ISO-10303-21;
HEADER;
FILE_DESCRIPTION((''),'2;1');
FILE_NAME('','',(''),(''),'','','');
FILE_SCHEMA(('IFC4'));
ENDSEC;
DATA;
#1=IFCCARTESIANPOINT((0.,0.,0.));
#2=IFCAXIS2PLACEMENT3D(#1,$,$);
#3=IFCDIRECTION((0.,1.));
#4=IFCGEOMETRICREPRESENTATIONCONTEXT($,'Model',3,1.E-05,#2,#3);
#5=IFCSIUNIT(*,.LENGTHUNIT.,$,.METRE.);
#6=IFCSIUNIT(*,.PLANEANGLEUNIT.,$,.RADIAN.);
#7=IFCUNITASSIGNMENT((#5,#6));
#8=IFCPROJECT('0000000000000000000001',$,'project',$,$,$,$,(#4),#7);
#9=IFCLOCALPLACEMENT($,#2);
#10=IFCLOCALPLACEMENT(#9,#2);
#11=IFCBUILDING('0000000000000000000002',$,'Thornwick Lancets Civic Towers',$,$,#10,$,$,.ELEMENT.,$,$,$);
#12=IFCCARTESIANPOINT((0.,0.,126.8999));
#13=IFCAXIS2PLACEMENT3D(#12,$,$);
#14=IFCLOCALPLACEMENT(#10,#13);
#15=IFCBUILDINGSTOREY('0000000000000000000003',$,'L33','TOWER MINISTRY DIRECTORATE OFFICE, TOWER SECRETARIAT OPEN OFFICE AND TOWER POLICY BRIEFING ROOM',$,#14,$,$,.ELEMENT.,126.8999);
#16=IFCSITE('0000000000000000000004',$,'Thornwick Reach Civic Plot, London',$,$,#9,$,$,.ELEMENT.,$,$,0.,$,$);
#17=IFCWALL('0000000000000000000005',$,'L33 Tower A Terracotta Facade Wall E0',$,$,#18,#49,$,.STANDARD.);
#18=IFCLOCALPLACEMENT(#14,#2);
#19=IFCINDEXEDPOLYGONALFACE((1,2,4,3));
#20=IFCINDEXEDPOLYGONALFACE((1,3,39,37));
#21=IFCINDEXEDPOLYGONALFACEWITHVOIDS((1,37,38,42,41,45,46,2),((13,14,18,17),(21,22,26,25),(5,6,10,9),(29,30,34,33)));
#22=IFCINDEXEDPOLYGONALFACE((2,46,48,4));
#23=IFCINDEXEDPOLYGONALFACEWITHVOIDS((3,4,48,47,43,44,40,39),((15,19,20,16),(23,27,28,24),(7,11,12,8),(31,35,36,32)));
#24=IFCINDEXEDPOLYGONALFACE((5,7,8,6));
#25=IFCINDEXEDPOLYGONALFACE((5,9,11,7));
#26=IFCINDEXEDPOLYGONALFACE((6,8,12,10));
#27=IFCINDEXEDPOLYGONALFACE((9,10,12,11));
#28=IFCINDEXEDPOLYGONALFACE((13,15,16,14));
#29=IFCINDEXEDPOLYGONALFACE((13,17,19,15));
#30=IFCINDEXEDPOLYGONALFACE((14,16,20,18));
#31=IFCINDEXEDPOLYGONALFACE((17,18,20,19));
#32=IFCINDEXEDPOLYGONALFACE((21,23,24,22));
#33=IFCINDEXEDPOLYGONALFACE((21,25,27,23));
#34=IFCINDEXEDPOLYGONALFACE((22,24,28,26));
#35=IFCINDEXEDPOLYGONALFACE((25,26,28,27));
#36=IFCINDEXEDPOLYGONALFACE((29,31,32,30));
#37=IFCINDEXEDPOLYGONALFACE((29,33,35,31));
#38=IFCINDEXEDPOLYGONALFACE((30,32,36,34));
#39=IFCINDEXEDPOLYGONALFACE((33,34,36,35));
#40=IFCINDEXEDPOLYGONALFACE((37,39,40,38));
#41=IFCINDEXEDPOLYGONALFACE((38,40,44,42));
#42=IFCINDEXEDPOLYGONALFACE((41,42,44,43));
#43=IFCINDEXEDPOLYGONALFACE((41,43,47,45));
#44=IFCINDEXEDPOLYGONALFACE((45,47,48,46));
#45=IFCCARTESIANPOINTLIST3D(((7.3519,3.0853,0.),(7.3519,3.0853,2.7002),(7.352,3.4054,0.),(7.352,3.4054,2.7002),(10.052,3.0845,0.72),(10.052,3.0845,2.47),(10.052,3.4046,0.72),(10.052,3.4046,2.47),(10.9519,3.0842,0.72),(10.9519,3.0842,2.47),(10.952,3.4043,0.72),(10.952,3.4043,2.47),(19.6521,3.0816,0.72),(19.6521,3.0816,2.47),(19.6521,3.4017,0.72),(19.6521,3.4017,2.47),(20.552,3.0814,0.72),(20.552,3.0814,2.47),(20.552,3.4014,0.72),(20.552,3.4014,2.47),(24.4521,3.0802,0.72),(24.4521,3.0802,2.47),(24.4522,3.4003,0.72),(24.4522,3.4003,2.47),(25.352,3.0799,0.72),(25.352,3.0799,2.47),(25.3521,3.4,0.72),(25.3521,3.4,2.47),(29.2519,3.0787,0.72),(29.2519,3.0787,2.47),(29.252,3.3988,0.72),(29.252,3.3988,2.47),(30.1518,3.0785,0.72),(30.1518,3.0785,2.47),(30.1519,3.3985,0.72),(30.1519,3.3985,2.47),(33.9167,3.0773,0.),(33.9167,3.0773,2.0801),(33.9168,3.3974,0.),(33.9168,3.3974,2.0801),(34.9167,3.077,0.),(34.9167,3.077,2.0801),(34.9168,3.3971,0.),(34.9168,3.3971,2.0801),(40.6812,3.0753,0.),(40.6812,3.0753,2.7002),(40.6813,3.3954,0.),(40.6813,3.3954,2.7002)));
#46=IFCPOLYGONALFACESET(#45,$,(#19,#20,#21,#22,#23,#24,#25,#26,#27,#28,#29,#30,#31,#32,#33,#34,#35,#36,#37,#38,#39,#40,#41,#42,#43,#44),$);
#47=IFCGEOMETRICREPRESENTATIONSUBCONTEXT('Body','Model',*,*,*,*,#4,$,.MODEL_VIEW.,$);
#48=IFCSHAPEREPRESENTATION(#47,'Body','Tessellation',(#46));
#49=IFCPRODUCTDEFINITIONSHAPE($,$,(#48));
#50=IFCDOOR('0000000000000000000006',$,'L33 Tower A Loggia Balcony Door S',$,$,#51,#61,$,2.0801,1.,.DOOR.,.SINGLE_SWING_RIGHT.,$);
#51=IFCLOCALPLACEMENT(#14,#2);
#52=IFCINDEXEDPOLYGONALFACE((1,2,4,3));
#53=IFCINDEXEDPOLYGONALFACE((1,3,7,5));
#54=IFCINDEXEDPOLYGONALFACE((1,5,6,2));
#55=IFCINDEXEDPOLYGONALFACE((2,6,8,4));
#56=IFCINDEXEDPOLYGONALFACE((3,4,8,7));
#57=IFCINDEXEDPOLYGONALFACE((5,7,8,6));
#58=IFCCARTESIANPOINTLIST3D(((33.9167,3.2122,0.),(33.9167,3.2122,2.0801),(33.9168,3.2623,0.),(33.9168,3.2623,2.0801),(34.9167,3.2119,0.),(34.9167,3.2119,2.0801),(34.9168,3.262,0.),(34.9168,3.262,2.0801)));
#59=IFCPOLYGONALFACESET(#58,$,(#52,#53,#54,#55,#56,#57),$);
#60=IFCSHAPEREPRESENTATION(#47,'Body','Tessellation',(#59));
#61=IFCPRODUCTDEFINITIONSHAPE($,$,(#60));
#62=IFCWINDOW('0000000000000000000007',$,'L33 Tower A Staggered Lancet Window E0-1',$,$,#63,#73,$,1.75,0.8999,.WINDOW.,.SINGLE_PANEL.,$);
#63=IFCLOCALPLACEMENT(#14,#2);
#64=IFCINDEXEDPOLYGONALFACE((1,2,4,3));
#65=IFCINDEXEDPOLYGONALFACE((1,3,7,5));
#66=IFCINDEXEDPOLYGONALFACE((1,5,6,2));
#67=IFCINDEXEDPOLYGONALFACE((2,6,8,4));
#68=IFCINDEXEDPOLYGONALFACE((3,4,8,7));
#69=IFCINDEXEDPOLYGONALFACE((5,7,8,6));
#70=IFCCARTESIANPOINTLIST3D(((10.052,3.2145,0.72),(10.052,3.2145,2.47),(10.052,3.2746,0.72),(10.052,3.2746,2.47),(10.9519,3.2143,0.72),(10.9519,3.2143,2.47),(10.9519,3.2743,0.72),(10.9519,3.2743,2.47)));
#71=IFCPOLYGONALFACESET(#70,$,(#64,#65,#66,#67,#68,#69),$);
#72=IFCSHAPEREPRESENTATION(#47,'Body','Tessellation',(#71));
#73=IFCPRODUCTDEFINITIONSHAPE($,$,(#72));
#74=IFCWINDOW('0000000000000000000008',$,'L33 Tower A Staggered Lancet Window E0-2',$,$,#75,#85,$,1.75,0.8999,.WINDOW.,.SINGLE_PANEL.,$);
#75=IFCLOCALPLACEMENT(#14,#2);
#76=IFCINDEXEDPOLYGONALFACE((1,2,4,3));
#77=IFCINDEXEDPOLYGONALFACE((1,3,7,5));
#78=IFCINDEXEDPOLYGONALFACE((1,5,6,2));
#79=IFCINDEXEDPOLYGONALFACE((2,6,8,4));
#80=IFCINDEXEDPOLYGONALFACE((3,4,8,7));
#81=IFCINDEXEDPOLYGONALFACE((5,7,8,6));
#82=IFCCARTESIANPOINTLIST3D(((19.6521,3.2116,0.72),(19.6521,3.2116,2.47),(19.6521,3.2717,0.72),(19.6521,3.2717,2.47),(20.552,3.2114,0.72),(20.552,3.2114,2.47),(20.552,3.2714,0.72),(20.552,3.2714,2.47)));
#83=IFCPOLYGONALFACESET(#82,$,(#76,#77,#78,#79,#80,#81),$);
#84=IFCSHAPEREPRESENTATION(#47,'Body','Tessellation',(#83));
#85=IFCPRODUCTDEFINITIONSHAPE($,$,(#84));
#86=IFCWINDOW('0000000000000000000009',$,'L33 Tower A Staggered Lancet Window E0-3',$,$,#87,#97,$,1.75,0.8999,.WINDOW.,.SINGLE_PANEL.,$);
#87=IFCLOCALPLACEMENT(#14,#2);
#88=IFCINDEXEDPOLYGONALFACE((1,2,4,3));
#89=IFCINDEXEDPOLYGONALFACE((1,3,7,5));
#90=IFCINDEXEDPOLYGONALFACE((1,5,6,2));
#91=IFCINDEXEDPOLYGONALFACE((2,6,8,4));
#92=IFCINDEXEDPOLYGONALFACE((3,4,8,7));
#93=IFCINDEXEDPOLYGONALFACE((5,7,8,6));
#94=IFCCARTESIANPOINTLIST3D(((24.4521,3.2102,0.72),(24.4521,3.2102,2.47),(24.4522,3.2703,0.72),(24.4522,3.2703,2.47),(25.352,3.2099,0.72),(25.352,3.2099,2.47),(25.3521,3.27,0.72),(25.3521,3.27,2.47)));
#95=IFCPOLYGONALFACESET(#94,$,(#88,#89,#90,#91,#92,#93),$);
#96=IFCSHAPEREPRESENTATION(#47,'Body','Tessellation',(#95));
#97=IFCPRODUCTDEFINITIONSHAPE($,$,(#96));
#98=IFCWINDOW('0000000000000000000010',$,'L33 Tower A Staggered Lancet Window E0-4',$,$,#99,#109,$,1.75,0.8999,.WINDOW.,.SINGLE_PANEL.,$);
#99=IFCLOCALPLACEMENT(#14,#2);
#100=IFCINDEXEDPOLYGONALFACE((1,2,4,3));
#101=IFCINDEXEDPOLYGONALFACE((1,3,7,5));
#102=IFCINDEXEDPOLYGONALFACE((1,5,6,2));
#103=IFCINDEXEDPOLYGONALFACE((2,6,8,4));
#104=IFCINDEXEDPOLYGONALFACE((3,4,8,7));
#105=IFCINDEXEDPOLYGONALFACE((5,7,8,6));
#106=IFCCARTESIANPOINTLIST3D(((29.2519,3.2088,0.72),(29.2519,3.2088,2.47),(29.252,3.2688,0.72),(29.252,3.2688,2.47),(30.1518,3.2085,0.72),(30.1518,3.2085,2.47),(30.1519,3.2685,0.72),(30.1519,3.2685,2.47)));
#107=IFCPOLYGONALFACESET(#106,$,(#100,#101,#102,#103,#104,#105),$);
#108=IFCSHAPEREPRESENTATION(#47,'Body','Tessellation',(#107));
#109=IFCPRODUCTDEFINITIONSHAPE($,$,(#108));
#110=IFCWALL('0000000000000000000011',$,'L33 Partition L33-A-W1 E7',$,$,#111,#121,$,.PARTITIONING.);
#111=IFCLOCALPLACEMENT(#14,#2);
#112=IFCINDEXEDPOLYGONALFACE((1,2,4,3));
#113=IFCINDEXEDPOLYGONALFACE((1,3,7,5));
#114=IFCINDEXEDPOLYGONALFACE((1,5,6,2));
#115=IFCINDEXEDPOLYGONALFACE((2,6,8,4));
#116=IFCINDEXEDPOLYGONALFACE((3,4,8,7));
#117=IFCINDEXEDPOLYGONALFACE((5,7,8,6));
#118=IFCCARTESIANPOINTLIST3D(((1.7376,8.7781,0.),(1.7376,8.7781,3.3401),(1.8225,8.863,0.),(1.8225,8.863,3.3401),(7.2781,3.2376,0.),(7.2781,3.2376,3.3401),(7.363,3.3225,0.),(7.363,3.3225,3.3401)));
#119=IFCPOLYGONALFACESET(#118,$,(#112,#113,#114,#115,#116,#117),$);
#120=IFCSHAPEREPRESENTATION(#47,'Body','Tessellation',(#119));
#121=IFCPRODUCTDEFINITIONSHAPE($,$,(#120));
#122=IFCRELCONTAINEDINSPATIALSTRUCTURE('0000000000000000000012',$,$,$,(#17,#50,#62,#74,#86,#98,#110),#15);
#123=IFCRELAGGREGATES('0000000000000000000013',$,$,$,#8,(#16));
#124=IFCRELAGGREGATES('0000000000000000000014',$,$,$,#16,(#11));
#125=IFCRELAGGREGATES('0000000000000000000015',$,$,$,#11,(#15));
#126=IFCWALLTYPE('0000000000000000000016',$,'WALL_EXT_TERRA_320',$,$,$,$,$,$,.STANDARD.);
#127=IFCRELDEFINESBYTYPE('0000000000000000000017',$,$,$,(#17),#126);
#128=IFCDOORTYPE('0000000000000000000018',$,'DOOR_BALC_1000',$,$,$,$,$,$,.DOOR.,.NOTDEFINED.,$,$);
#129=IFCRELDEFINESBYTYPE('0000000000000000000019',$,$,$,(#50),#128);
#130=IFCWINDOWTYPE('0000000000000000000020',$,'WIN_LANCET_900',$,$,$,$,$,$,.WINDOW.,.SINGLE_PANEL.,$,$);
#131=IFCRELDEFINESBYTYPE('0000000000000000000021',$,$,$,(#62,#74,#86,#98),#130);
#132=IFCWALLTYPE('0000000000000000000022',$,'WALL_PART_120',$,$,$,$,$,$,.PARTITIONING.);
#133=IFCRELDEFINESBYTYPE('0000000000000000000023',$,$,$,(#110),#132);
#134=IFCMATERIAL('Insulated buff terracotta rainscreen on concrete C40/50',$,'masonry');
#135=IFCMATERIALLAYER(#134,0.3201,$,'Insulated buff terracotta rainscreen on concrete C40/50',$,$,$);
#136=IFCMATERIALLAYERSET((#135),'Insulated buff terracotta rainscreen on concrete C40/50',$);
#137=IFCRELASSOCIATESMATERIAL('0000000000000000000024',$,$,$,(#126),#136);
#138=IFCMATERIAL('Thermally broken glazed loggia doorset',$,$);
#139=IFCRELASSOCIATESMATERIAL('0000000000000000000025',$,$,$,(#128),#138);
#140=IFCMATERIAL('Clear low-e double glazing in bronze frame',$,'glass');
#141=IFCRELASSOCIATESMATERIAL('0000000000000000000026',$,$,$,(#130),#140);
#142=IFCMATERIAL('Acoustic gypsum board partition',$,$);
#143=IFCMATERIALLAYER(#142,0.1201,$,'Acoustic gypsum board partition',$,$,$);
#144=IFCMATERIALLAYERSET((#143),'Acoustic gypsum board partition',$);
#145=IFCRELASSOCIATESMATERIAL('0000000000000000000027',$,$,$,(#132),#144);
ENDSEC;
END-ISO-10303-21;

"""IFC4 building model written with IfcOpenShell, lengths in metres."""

from ifc_helpers import new_model, si_unit, direction, frame, frame_2d, origin, place, context, subcontext, project, spatial, rectangle, extrude, material, layer, layer_set, type_object, element, fill, save


model = new_model("IFC4")

# Units and contexts
model_context = context("Model", 3, precision=1e-05, world=origin(), true_north=direction((0.0, 1.0)))
body_context = subcontext(model_context, "Body", "Model", "MODEL_VIEW")
ifc_project = project(units=[si_unit("LENGTHUNIT", "METRE"), si_unit("PLANEANGLEUNIT", "RADIAN")], contexts=[model_context])

# Site, building, storey
site_placement = place(None, origin())
site = spatial("IfcSite", under=ifc_project, at=site_placement, Name="Thornwick Reach Civic Plot, London", CompositionType="ELEMENT", RefElevation=0.0)
building_placement = place(site_placement, origin())
building = spatial("IfcBuilding", under=site, at=building_placement, Name="Thornwick Lancets Civic Towers", CompositionType="ELEMENT")
storey_placement = place(building_placement, frame((0.0, 0.0, 126.8999)))
storey = spatial("IfcBuildingStorey", under=building, at=storey_placement, Name="L33", Description="TOWER MINISTRY DIRECTORATE OFFICE, TOWER SECRETARIAT OPEN OFFICE AND TOWER POLICY BRIEFING ROOM", CompositionType="ELEMENT", Elevation=126.8999)

# Wall, openings, door, windows
ifc_material_1 = material(Name="Insulated buff terracotta rainscreen on concrete C40/50", Category="masonry")
ifc_layer_1 = layer(ifc_material_1, 0.3201, Name="Insulated buff terracotta rainscreen on concrete C40/50")
ifc_layer_set_1 = layer_set([ifc_layer_1], Name="Insulated buff terracotta rainscreen on concrete C40/50")
wall_type_1 = type_object("IfcWallType", Name="WALL_EXT_TERRA_320", PredefinedType="STANDARD", material=ifc_layer_set_1)
wall_1_placement = place(storey_placement, frame((7.3521, 3.2454, 0.0), z_axis=(0.0, 0.0, 1.0), x_axis=(1.0, -0.0003, 0.0)))
wall_1 = element("IfcWall", 1, at=wall_1_placement, inside=storey, type_object=wall_type_1, Name="L33 Tower A Terracotta Facade Wall E0", PredefinedType="STANDARD", context=body_context, shape_type="SweptSolid", body=[
    extrude(rectangle(XDim=33.3293, YDim=0.3201, at=frame_2d((16.6646, 0.0))), origin(), (0.0, 0.0, 1.0), 2.7002),
])
opening_1_placement = place(wall_1_placement, frame((26.5647, 0.0, 0.0)))
opening_1 = element("IfcOpeningElement", 2, at=opening_1_placement, cuts=wall_1, PredefinedType="OPENING", context=body_context, shape_type="SweptSolid", body=[
    extrude(rectangle(XDim=1.0, YDim=2.0801, at=frame_2d((0.5, 1.04))), frame((0.0, 0.1699, 0.0), z_axis=(0.0, -1.0, 0.0), x_axis=(1.0, 0.0, 0.0)), (0.0, 0.0, 1.0), 0.3401),
])
opening_2_placement = place(wall_1_placement, frame((2.7, 0.0, 0.72)))
opening_2 = element("IfcOpeningElement", 3, at=opening_2_placement, cuts=wall_1, PredefinedType="OPENING", context=body_context, shape_type="SweptSolid", body=[
    extrude(rectangle(XDim=0.8999, YDim=1.75, at=frame_2d((0.45, 0.875))), frame((0.0, 0.1699, 0.0), z_axis=(0.0, -1.0, 0.0), x_axis=(1.0, 0.0, 0.0)), (0.0, 0.0, 1.0), 0.3401),
])
opening_3_placement = place(wall_1_placement, frame((12.3, 0.0, 0.72)))
opening_3 = element("IfcOpeningElement", 4, at=opening_3_placement, cuts=wall_1, PredefinedType="OPENING", context=body_context, shape_type="SweptSolid", body=[
    extrude(rectangle(XDim=0.8999, YDim=1.75, at=frame_2d((0.45, 0.875))), frame((0.0, 0.1699, 0.0), z_axis=(0.0, -1.0, 0.0), x_axis=(1.0, 0.0, 0.0)), (0.0, 0.0, 1.0), 0.3401),
])
opening_4_placement = place(wall_1_placement, frame((17.1001, 0.0, 0.72)))
opening_4 = element("IfcOpeningElement", 5, at=opening_4_placement, cuts=wall_1, PredefinedType="OPENING", context=body_context, shape_type="SweptSolid", body=[
    extrude(rectangle(XDim=0.8999, YDim=1.75, at=frame_2d((0.45, 0.875))), frame((0.0, 0.1699, 0.0), z_axis=(0.0, -1.0, 0.0), x_axis=(1.0, 0.0, 0.0)), (0.0, 0.0, 1.0), 0.3401),
])
opening_5_placement = place(wall_1_placement, frame((21.8999, 0.0, 0.72)))
opening_5 = element("IfcOpeningElement", 6, at=opening_5_placement, cuts=wall_1, PredefinedType="OPENING", context=body_context, shape_type="SweptSolid", body=[
    extrude(rectangle(XDim=0.8999, YDim=1.75, at=frame_2d((0.45, 0.875))), frame((0.0, 0.1699, 0.0), z_axis=(0.0, -1.0, 0.0), x_axis=(1.0, 0.0, 0.0)), (0.0, 0.0, 1.0), 0.3401),
])
ifc_material_2 = material(Name="Thermally broken glazed loggia doorset")
door_type = type_object("IfcDoorType", Name="DOOR_BALC_1000", OperationType="NOTDEFINED", PredefinedType="DOOR", material=ifc_material_2)
door_placement = place(opening_1_placement, origin())
door = element("IfcDoor", 7, at=door_placement, inside=storey, type_object=door_type, Name="L33 Tower A Loggia Balcony Door S", OperationType="SINGLE_SWING_RIGHT", OverallHeight=2.0801, OverallWidth=1.0, PredefinedType="DOOR", context=body_context, shape_type="SweptSolid", body=[
    extrude(rectangle(XDim=1.0, YDim=2.0801, at=frame_2d((0.5, 1.04))), frame((0.0, 0.0249, 0.0), z_axis=(0.0, -1.0, 0.0), x_axis=(1.0, 0.0, 0.0)), (0.0, 0.0, 1.0), 0.05),
])
fill(opening_1, door)
ifc_material_3 = material(Name="Clear low-e double glazing in bronze frame", Category="glass")
window_type = type_object("IfcWindowType", Name="WIN_LANCET_900", PartitioningType="SINGLE_PANEL", PredefinedType="WINDOW", material=ifc_material_3)
window_1_placement = place(opening_2_placement, origin())
window_1 = element("IfcWindow", 8, at=window_1_placement, inside=storey, type_object=window_type, Name="L33 Tower A Staggered Lancet Window E0-1", OverallHeight=1.75, OverallWidth=0.8999, PartitioningType="SINGLE_PANEL", PredefinedType="WINDOW", context=body_context, shape_type="SweptSolid", body=[
    extrude(rectangle(XDim=0.8999, YDim=1.75, at=frame_2d((0.45, 0.875))), frame((0.0, 0.03, 0.0), z_axis=(0.0, -1.0, 0.0), x_axis=(1.0, 0.0, 0.0)), (0.0, 0.0, 1.0), 0.0601),
])
fill(opening_2, window_1)
window_2_placement = place(opening_3_placement, origin())
window_2 = element("IfcWindow", 9, at=window_2_placement, inside=storey, type_object=window_type, Name="L33 Tower A Staggered Lancet Window E0-2", OverallHeight=1.75, OverallWidth=0.8999, PartitioningType="SINGLE_PANEL", PredefinedType="WINDOW", context=body_context, shape_type="SweptSolid", body=[
    extrude(rectangle(XDim=0.8999, YDim=1.75, at=frame_2d((0.45, 0.875))), frame((0.0, 0.03, 0.0), z_axis=(0.0, -1.0, 0.0), x_axis=(1.0, 0.0, 0.0)), (0.0, 0.0, 1.0), 0.0601),
])
fill(opening_3, window_2)
window_3_placement = place(opening_4_placement, origin())
window_3 = element("IfcWindow", 10, at=window_3_placement, inside=storey, type_object=window_type, Name="L33 Tower A Staggered Lancet Window E0-3", OverallHeight=1.75, OverallWidth=0.8999, PartitioningType="SINGLE_PANEL", PredefinedType="WINDOW", context=body_context, shape_type="SweptSolid", body=[
    extrude(rectangle(XDim=0.8999, YDim=1.75, at=frame_2d((0.45, 0.875))), frame((0.0, 0.03, 0.0), z_axis=(0.0, -1.0, 0.0), x_axis=(1.0, 0.0, 0.0)), (0.0, 0.0, 1.0), 0.0601),
])
fill(opening_4, window_3)
window_4_placement = place(opening_5_placement, origin())
window_4 = element("IfcWindow", 11, at=window_4_placement, inside=storey, type_object=window_type, Name="L33 Tower A Staggered Lancet Window E0-4", OverallHeight=1.75, OverallWidth=0.8999, PartitioningType="SINGLE_PANEL", PredefinedType="WINDOW", context=body_context, shape_type="SweptSolid", body=[
    extrude(rectangle(XDim=0.8999, YDim=1.75, at=frame_2d((0.45, 0.875))), frame((0.0, 0.03, 0.0), z_axis=(0.0, -1.0, 0.0), x_axis=(1.0, 0.0, 0.0)), (0.0, 0.0, 1.0), 0.0601),
])
fill(opening_5, window_4)

# Wall
ifc_material_4 = material(Name="Acoustic gypsum board partition")
ifc_layer_2 = layer(ifc_material_4, 0.1201, Name="Acoustic gypsum board partition")
ifc_layer_set_2 = layer_set([ifc_layer_2], Name="Acoustic gypsum board partition")
wall_type_2 = type_object("IfcWallType", Name="WALL_PART_120", PredefinedType="PARTITIONING", material=ifc_layer_set_2)
wall_2_placement = place(storey_placement, frame((7.3206, 3.28, 0.0), z_axis=(0.0, 0.0, 1.0), x_axis=(-0.707107, 0.707107, 0.0)))
element("IfcWall", 12, at=wall_2_placement, inside=storey, type_object=wall_type_2, Name="L33 Partition L33-A-W1 E7", PredefinedType="PARTITIONING", context=body_context, shape_type="SweptSolid", body=[
    extrude(rectangle(XDim=7.8354, YDim=0.1201, at=frame_2d((3.9177, 0.0))), origin(), (0.0, 0.0, 1.0), 3.3401),
])

save(model, "model.ifc")
